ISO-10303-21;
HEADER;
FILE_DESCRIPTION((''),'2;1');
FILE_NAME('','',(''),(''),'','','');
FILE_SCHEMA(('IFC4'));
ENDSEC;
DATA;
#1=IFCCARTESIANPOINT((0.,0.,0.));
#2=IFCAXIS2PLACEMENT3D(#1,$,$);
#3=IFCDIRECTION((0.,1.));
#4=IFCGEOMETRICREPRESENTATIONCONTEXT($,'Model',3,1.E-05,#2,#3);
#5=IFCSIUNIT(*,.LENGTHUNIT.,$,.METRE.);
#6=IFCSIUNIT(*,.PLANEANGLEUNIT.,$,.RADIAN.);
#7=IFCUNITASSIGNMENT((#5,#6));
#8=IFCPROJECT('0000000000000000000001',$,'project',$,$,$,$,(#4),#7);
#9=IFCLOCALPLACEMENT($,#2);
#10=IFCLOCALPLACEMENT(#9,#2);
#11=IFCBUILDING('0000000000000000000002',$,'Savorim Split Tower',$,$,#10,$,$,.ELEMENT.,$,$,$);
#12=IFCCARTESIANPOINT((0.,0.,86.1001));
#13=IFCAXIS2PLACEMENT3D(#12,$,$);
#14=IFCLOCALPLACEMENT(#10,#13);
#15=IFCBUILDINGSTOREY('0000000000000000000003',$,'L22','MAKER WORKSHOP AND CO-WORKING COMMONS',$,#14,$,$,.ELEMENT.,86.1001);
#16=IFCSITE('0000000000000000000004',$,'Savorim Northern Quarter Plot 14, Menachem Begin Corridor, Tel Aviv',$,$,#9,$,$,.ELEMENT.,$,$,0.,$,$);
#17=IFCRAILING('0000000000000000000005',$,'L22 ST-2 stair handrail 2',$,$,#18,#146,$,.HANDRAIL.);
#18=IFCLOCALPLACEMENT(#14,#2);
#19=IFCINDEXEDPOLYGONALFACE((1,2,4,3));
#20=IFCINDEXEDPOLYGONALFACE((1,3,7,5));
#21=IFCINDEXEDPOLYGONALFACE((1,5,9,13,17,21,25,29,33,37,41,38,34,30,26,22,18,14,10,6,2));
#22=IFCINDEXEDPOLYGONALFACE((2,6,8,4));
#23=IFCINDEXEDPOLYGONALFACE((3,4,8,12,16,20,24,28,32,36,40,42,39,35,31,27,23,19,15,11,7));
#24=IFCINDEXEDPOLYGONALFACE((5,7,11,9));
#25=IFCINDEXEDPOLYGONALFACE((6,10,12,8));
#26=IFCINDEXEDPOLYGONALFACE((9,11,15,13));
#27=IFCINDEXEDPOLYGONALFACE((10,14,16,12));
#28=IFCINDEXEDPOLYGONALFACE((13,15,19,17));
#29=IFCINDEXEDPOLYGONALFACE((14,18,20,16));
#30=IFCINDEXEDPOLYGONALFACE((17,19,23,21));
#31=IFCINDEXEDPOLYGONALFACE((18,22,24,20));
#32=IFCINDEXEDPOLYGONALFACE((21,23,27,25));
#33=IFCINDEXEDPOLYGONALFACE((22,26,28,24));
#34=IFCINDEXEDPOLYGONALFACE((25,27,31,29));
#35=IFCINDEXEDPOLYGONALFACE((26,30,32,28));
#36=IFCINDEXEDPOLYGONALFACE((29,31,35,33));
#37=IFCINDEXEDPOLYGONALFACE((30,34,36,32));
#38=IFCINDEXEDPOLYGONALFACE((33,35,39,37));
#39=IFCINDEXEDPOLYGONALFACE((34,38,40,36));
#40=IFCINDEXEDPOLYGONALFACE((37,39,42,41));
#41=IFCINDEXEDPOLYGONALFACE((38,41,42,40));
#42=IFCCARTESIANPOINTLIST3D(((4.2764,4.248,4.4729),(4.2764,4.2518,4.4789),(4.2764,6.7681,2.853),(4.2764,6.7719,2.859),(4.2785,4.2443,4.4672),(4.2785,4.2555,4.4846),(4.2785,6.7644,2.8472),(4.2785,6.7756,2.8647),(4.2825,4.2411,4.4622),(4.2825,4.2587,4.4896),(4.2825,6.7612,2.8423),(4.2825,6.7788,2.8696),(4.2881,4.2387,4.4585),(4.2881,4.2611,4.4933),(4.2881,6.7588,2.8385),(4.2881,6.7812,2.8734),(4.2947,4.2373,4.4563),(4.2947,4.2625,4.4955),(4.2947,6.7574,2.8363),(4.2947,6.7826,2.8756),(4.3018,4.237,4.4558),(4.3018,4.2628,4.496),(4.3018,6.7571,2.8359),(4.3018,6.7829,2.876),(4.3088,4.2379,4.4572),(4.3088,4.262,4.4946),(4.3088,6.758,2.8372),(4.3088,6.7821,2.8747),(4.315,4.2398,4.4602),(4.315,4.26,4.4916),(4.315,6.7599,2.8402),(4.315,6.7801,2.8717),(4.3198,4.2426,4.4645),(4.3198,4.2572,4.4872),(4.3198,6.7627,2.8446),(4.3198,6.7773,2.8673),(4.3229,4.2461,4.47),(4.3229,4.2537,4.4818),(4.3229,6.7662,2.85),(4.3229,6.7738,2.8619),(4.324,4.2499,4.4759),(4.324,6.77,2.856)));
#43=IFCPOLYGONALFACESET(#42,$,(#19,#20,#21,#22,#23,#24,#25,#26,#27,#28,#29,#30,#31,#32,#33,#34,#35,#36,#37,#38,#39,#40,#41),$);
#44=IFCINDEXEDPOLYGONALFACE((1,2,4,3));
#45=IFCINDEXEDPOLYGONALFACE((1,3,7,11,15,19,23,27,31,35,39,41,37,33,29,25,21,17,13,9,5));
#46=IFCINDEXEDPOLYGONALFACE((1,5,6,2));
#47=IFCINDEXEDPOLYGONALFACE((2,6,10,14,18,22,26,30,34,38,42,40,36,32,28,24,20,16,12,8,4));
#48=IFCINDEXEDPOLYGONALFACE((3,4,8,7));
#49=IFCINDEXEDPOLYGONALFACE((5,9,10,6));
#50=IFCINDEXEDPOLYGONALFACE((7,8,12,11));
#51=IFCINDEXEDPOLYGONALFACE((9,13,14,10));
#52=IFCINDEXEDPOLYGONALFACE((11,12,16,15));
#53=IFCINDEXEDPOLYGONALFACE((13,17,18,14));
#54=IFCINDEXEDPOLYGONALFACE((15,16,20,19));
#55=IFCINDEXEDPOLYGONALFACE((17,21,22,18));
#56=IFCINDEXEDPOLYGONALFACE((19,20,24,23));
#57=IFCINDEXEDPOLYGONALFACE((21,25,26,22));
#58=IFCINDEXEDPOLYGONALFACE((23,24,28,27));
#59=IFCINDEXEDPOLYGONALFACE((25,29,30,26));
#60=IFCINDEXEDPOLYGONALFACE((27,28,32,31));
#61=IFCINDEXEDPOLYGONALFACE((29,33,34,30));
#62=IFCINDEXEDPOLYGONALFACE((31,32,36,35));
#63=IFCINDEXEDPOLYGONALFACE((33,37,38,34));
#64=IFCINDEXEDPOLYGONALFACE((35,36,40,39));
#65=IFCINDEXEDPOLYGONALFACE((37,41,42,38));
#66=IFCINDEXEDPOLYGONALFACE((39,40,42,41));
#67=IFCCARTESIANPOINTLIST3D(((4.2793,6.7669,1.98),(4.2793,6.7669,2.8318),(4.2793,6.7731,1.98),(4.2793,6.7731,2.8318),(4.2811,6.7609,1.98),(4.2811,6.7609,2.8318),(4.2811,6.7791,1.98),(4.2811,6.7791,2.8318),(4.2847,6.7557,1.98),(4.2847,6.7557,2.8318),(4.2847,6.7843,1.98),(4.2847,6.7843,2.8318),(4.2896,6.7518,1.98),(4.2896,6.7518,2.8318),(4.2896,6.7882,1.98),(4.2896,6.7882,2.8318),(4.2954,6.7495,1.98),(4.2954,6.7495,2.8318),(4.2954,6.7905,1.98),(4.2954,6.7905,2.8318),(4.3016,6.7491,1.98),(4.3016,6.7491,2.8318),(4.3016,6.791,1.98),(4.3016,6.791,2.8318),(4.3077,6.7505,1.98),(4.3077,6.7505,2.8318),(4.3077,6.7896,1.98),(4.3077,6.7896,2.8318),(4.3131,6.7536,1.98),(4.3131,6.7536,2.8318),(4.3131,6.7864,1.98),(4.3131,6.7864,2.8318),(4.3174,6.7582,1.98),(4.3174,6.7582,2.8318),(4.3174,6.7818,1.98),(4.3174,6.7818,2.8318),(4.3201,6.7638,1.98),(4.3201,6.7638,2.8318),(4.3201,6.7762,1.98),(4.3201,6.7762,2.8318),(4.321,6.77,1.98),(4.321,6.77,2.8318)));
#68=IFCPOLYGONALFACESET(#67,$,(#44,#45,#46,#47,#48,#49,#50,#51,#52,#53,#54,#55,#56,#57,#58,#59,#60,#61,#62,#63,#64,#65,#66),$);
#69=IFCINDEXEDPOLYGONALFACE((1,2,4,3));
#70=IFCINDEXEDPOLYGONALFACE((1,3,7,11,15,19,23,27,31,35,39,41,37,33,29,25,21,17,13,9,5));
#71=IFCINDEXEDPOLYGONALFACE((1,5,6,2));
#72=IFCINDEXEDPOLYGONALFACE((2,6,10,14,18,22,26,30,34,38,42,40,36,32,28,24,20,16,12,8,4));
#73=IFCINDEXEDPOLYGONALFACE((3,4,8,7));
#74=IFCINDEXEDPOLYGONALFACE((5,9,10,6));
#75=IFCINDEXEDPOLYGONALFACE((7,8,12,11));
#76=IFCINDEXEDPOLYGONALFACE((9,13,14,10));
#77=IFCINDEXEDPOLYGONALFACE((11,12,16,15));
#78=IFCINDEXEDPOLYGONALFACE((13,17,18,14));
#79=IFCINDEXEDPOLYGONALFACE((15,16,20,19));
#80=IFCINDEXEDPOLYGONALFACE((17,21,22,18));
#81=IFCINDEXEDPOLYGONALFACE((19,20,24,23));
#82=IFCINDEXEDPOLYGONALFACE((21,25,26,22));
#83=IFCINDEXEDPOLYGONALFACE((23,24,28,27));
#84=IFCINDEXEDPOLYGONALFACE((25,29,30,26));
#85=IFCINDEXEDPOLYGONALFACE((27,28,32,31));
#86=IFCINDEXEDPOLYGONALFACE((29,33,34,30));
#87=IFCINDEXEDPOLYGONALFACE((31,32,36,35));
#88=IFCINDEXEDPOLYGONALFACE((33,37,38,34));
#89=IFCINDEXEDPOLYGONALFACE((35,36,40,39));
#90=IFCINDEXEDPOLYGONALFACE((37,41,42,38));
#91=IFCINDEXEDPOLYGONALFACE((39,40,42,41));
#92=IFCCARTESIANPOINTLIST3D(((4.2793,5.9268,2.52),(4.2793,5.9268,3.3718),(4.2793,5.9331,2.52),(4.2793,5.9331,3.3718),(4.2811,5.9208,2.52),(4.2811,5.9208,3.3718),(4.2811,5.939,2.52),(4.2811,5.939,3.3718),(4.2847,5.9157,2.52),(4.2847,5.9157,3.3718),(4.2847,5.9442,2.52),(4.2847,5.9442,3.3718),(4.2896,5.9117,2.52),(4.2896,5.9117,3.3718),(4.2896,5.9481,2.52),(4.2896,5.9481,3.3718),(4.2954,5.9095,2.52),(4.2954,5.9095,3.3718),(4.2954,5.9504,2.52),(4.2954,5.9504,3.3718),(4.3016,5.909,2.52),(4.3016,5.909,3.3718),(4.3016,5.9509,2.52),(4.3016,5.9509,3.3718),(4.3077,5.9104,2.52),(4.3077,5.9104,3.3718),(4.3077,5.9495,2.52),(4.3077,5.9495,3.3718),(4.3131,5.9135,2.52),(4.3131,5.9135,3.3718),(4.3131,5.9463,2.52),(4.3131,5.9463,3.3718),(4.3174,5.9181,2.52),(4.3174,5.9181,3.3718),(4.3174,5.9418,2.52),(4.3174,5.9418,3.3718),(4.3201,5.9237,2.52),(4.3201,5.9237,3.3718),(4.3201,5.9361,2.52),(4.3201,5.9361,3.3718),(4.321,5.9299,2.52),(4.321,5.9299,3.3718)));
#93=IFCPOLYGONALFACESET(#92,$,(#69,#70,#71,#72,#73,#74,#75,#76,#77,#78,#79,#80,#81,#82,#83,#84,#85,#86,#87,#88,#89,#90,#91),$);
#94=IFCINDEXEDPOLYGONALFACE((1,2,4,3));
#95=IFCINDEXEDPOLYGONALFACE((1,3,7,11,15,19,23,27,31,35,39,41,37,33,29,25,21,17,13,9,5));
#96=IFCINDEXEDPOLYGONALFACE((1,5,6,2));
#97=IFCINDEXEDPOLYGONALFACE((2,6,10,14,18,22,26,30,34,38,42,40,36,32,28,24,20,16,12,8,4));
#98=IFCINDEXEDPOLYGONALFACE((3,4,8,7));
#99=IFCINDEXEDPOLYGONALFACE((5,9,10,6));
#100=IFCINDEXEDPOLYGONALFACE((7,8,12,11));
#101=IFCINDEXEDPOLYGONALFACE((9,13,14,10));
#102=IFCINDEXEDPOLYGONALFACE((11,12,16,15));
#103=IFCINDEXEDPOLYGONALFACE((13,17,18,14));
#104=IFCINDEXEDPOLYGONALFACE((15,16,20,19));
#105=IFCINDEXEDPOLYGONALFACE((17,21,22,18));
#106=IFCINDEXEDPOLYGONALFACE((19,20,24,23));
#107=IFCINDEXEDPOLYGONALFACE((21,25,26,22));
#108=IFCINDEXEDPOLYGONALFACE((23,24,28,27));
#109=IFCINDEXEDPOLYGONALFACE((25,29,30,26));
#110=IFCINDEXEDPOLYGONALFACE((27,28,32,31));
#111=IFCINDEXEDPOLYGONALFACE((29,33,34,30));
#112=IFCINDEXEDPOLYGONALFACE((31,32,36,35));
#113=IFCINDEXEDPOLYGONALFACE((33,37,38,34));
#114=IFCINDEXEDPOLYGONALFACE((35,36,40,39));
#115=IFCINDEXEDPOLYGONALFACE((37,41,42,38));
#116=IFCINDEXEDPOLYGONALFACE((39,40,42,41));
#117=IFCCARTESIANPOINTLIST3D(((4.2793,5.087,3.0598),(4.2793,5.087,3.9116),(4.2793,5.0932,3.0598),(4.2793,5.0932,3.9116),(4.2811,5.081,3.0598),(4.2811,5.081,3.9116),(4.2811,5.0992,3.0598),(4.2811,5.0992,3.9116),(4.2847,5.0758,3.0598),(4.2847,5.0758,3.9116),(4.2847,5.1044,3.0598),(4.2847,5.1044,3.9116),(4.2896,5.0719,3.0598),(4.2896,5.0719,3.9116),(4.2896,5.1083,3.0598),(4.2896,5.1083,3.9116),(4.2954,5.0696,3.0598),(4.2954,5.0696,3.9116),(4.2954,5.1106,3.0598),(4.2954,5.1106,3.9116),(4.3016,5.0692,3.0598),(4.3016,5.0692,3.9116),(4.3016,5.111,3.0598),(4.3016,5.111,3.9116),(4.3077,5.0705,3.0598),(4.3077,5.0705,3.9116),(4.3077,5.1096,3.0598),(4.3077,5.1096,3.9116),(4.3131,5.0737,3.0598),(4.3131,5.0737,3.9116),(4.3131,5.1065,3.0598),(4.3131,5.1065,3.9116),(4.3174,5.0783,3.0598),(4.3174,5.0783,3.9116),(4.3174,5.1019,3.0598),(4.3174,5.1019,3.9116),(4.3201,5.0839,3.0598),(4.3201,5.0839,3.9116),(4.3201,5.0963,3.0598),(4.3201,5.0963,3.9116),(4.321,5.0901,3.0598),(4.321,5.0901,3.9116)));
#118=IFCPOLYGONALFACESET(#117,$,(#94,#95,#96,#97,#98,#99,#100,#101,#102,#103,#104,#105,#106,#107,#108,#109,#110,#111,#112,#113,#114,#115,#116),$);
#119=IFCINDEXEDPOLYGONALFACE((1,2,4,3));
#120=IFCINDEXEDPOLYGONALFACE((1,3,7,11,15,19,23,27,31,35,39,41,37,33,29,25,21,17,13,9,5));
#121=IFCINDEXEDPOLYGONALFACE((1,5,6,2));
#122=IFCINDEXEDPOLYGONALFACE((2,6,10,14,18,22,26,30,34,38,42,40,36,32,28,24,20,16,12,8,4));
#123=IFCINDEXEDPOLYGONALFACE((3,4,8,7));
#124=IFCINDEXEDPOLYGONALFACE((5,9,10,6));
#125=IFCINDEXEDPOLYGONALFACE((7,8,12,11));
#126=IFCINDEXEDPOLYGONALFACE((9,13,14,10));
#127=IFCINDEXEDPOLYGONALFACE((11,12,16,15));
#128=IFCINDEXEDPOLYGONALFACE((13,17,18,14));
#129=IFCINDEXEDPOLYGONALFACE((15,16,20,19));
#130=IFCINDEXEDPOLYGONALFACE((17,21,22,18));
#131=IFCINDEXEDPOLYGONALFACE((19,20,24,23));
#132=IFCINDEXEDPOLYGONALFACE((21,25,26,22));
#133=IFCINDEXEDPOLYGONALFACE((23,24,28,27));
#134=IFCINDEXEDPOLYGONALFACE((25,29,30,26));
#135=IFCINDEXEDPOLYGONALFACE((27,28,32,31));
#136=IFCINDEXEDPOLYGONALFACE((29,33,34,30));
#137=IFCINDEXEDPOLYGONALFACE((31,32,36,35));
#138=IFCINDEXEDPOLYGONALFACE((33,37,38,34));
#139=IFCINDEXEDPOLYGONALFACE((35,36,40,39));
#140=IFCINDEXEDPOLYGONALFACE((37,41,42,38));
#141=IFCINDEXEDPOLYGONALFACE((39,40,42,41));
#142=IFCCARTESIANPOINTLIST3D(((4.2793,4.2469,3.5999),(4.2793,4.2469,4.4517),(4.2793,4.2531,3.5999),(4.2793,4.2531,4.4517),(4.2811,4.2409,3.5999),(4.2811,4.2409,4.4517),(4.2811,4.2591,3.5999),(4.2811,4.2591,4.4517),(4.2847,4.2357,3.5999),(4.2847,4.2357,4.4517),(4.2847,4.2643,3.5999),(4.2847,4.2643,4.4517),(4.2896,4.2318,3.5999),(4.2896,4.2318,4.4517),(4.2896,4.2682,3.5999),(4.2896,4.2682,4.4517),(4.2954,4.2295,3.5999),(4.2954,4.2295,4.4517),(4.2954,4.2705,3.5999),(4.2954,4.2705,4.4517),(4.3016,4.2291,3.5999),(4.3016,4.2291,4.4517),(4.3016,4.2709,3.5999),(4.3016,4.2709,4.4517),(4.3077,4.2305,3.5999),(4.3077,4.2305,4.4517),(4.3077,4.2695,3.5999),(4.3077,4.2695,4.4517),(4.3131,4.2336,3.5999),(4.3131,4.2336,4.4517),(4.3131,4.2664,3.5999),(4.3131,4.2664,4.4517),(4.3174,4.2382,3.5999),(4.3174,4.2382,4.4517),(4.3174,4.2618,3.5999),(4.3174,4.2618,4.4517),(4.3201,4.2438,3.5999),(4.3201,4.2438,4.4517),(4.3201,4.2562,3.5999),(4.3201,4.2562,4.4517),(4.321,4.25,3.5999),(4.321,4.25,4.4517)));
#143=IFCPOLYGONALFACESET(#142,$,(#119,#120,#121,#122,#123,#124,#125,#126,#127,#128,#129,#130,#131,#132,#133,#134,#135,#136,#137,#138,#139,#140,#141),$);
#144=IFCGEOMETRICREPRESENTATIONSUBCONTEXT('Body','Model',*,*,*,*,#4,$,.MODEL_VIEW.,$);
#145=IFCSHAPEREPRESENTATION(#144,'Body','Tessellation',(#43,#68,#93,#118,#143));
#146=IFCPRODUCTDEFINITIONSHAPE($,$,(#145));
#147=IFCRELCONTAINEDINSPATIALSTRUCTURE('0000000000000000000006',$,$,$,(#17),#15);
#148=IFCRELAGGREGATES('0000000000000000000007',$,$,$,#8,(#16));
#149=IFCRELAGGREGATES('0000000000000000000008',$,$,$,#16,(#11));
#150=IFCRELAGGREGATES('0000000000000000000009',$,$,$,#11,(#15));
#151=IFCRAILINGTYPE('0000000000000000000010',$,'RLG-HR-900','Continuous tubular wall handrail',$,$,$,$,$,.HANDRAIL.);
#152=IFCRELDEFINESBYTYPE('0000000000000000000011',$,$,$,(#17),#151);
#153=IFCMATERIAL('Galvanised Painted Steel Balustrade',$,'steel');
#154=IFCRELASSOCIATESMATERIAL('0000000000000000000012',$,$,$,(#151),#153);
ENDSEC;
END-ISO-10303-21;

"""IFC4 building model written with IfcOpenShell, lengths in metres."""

from ifc_helpers import new_model, si_unit, direction, frame, origin, origin_2d, place, context, subcontext, project, spatial, circle, extrude, material, type_object, element, save


model = new_model("IFC4")

# Units and contexts
model_context = context("Model", 3, precision=1e-05, world=origin(), true_north=direction((0.0, 1.0)))
body_context = subcontext(model_context, "Body", "Model", "MODEL_VIEW")
ifc_project = project(units=[si_unit("LENGTHUNIT", "METRE"), si_unit("PLANEANGLEUNIT", "RADIAN")], contexts=[model_context])

# Site, building, storey
site_placement = place(None, origin())
site = spatial("IfcSite", under=ifc_project, at=site_placement, Name="Savorim Northern Quarter Plot 14, Menachem Begin Corridor, Tel Aviv", CompositionType="ELEMENT", RefElevation=0.0)
building_placement = place(site_placement, origin())
building = spatial("IfcBuilding", under=site, at=building_placement, Name="Savorim Split Tower", CompositionType="ELEMENT")
storey_placement = place(building_placement, frame((0.0, 0.0, 86.1001)))
storey = spatial("IfcBuildingStorey", under=building, at=storey_placement, Name="L22", Description="MAKER WORKSHOP AND CO-WORKING COMMONS", CompositionType="ELEMENT", Elevation=86.1001)

# Railing
ifc_material_1 = material(Name="Galvanised Painted Steel Balustrade", Category="steel")
railing_type_1 = type_object("IfcRailingType", Name="RLG-HR-900", Description="Continuous tubular wall handrail", PredefinedType="HANDRAIL", material=ifc_material_1)
railing_1_placement = place(storey_placement, frame((4.3, 6.77, 1.98)))
element("IfcRailing", 1, at=railing_1_placement, inside=storey, type_object=railing_type_1, Name="L22 ST-2 stair handrail 2", PredefinedType="HANDRAIL", context=body_context, shape_type="SweptSolid", body=[
    extrude(circle(Radius=0.0239, at=origin_2d()), frame((0.0, 0.0, 0.876), z_axis=(0.0, -0.8412, 0.540725), x_axis=(1.0, 0.0, 0.0)), (0.0, 0.0, 1.0), 2.9958),
    extrude(circle(Radius=0.021, at=origin_2d()), origin(), (0.0, 0.0, 1.0), 0.8518),
    extrude(circle(Radius=0.021, at=origin_2d()), frame((0.0, -0.8401, 0.54)), (0.0, 0.0, 1.0), 0.8518),
    extrude(circle(Radius=0.021, at=origin_2d()), frame((0.0, -1.6799, 1.0798)), (0.0, 0.0, 1.0), 0.8518),
    extrude(circle(Radius=0.021, at=origin_2d()), frame((0.0, -2.52, 1.6199)), (0.0, 0.0, 1.0), 0.8518),
])

save(model, "model.ifc")
